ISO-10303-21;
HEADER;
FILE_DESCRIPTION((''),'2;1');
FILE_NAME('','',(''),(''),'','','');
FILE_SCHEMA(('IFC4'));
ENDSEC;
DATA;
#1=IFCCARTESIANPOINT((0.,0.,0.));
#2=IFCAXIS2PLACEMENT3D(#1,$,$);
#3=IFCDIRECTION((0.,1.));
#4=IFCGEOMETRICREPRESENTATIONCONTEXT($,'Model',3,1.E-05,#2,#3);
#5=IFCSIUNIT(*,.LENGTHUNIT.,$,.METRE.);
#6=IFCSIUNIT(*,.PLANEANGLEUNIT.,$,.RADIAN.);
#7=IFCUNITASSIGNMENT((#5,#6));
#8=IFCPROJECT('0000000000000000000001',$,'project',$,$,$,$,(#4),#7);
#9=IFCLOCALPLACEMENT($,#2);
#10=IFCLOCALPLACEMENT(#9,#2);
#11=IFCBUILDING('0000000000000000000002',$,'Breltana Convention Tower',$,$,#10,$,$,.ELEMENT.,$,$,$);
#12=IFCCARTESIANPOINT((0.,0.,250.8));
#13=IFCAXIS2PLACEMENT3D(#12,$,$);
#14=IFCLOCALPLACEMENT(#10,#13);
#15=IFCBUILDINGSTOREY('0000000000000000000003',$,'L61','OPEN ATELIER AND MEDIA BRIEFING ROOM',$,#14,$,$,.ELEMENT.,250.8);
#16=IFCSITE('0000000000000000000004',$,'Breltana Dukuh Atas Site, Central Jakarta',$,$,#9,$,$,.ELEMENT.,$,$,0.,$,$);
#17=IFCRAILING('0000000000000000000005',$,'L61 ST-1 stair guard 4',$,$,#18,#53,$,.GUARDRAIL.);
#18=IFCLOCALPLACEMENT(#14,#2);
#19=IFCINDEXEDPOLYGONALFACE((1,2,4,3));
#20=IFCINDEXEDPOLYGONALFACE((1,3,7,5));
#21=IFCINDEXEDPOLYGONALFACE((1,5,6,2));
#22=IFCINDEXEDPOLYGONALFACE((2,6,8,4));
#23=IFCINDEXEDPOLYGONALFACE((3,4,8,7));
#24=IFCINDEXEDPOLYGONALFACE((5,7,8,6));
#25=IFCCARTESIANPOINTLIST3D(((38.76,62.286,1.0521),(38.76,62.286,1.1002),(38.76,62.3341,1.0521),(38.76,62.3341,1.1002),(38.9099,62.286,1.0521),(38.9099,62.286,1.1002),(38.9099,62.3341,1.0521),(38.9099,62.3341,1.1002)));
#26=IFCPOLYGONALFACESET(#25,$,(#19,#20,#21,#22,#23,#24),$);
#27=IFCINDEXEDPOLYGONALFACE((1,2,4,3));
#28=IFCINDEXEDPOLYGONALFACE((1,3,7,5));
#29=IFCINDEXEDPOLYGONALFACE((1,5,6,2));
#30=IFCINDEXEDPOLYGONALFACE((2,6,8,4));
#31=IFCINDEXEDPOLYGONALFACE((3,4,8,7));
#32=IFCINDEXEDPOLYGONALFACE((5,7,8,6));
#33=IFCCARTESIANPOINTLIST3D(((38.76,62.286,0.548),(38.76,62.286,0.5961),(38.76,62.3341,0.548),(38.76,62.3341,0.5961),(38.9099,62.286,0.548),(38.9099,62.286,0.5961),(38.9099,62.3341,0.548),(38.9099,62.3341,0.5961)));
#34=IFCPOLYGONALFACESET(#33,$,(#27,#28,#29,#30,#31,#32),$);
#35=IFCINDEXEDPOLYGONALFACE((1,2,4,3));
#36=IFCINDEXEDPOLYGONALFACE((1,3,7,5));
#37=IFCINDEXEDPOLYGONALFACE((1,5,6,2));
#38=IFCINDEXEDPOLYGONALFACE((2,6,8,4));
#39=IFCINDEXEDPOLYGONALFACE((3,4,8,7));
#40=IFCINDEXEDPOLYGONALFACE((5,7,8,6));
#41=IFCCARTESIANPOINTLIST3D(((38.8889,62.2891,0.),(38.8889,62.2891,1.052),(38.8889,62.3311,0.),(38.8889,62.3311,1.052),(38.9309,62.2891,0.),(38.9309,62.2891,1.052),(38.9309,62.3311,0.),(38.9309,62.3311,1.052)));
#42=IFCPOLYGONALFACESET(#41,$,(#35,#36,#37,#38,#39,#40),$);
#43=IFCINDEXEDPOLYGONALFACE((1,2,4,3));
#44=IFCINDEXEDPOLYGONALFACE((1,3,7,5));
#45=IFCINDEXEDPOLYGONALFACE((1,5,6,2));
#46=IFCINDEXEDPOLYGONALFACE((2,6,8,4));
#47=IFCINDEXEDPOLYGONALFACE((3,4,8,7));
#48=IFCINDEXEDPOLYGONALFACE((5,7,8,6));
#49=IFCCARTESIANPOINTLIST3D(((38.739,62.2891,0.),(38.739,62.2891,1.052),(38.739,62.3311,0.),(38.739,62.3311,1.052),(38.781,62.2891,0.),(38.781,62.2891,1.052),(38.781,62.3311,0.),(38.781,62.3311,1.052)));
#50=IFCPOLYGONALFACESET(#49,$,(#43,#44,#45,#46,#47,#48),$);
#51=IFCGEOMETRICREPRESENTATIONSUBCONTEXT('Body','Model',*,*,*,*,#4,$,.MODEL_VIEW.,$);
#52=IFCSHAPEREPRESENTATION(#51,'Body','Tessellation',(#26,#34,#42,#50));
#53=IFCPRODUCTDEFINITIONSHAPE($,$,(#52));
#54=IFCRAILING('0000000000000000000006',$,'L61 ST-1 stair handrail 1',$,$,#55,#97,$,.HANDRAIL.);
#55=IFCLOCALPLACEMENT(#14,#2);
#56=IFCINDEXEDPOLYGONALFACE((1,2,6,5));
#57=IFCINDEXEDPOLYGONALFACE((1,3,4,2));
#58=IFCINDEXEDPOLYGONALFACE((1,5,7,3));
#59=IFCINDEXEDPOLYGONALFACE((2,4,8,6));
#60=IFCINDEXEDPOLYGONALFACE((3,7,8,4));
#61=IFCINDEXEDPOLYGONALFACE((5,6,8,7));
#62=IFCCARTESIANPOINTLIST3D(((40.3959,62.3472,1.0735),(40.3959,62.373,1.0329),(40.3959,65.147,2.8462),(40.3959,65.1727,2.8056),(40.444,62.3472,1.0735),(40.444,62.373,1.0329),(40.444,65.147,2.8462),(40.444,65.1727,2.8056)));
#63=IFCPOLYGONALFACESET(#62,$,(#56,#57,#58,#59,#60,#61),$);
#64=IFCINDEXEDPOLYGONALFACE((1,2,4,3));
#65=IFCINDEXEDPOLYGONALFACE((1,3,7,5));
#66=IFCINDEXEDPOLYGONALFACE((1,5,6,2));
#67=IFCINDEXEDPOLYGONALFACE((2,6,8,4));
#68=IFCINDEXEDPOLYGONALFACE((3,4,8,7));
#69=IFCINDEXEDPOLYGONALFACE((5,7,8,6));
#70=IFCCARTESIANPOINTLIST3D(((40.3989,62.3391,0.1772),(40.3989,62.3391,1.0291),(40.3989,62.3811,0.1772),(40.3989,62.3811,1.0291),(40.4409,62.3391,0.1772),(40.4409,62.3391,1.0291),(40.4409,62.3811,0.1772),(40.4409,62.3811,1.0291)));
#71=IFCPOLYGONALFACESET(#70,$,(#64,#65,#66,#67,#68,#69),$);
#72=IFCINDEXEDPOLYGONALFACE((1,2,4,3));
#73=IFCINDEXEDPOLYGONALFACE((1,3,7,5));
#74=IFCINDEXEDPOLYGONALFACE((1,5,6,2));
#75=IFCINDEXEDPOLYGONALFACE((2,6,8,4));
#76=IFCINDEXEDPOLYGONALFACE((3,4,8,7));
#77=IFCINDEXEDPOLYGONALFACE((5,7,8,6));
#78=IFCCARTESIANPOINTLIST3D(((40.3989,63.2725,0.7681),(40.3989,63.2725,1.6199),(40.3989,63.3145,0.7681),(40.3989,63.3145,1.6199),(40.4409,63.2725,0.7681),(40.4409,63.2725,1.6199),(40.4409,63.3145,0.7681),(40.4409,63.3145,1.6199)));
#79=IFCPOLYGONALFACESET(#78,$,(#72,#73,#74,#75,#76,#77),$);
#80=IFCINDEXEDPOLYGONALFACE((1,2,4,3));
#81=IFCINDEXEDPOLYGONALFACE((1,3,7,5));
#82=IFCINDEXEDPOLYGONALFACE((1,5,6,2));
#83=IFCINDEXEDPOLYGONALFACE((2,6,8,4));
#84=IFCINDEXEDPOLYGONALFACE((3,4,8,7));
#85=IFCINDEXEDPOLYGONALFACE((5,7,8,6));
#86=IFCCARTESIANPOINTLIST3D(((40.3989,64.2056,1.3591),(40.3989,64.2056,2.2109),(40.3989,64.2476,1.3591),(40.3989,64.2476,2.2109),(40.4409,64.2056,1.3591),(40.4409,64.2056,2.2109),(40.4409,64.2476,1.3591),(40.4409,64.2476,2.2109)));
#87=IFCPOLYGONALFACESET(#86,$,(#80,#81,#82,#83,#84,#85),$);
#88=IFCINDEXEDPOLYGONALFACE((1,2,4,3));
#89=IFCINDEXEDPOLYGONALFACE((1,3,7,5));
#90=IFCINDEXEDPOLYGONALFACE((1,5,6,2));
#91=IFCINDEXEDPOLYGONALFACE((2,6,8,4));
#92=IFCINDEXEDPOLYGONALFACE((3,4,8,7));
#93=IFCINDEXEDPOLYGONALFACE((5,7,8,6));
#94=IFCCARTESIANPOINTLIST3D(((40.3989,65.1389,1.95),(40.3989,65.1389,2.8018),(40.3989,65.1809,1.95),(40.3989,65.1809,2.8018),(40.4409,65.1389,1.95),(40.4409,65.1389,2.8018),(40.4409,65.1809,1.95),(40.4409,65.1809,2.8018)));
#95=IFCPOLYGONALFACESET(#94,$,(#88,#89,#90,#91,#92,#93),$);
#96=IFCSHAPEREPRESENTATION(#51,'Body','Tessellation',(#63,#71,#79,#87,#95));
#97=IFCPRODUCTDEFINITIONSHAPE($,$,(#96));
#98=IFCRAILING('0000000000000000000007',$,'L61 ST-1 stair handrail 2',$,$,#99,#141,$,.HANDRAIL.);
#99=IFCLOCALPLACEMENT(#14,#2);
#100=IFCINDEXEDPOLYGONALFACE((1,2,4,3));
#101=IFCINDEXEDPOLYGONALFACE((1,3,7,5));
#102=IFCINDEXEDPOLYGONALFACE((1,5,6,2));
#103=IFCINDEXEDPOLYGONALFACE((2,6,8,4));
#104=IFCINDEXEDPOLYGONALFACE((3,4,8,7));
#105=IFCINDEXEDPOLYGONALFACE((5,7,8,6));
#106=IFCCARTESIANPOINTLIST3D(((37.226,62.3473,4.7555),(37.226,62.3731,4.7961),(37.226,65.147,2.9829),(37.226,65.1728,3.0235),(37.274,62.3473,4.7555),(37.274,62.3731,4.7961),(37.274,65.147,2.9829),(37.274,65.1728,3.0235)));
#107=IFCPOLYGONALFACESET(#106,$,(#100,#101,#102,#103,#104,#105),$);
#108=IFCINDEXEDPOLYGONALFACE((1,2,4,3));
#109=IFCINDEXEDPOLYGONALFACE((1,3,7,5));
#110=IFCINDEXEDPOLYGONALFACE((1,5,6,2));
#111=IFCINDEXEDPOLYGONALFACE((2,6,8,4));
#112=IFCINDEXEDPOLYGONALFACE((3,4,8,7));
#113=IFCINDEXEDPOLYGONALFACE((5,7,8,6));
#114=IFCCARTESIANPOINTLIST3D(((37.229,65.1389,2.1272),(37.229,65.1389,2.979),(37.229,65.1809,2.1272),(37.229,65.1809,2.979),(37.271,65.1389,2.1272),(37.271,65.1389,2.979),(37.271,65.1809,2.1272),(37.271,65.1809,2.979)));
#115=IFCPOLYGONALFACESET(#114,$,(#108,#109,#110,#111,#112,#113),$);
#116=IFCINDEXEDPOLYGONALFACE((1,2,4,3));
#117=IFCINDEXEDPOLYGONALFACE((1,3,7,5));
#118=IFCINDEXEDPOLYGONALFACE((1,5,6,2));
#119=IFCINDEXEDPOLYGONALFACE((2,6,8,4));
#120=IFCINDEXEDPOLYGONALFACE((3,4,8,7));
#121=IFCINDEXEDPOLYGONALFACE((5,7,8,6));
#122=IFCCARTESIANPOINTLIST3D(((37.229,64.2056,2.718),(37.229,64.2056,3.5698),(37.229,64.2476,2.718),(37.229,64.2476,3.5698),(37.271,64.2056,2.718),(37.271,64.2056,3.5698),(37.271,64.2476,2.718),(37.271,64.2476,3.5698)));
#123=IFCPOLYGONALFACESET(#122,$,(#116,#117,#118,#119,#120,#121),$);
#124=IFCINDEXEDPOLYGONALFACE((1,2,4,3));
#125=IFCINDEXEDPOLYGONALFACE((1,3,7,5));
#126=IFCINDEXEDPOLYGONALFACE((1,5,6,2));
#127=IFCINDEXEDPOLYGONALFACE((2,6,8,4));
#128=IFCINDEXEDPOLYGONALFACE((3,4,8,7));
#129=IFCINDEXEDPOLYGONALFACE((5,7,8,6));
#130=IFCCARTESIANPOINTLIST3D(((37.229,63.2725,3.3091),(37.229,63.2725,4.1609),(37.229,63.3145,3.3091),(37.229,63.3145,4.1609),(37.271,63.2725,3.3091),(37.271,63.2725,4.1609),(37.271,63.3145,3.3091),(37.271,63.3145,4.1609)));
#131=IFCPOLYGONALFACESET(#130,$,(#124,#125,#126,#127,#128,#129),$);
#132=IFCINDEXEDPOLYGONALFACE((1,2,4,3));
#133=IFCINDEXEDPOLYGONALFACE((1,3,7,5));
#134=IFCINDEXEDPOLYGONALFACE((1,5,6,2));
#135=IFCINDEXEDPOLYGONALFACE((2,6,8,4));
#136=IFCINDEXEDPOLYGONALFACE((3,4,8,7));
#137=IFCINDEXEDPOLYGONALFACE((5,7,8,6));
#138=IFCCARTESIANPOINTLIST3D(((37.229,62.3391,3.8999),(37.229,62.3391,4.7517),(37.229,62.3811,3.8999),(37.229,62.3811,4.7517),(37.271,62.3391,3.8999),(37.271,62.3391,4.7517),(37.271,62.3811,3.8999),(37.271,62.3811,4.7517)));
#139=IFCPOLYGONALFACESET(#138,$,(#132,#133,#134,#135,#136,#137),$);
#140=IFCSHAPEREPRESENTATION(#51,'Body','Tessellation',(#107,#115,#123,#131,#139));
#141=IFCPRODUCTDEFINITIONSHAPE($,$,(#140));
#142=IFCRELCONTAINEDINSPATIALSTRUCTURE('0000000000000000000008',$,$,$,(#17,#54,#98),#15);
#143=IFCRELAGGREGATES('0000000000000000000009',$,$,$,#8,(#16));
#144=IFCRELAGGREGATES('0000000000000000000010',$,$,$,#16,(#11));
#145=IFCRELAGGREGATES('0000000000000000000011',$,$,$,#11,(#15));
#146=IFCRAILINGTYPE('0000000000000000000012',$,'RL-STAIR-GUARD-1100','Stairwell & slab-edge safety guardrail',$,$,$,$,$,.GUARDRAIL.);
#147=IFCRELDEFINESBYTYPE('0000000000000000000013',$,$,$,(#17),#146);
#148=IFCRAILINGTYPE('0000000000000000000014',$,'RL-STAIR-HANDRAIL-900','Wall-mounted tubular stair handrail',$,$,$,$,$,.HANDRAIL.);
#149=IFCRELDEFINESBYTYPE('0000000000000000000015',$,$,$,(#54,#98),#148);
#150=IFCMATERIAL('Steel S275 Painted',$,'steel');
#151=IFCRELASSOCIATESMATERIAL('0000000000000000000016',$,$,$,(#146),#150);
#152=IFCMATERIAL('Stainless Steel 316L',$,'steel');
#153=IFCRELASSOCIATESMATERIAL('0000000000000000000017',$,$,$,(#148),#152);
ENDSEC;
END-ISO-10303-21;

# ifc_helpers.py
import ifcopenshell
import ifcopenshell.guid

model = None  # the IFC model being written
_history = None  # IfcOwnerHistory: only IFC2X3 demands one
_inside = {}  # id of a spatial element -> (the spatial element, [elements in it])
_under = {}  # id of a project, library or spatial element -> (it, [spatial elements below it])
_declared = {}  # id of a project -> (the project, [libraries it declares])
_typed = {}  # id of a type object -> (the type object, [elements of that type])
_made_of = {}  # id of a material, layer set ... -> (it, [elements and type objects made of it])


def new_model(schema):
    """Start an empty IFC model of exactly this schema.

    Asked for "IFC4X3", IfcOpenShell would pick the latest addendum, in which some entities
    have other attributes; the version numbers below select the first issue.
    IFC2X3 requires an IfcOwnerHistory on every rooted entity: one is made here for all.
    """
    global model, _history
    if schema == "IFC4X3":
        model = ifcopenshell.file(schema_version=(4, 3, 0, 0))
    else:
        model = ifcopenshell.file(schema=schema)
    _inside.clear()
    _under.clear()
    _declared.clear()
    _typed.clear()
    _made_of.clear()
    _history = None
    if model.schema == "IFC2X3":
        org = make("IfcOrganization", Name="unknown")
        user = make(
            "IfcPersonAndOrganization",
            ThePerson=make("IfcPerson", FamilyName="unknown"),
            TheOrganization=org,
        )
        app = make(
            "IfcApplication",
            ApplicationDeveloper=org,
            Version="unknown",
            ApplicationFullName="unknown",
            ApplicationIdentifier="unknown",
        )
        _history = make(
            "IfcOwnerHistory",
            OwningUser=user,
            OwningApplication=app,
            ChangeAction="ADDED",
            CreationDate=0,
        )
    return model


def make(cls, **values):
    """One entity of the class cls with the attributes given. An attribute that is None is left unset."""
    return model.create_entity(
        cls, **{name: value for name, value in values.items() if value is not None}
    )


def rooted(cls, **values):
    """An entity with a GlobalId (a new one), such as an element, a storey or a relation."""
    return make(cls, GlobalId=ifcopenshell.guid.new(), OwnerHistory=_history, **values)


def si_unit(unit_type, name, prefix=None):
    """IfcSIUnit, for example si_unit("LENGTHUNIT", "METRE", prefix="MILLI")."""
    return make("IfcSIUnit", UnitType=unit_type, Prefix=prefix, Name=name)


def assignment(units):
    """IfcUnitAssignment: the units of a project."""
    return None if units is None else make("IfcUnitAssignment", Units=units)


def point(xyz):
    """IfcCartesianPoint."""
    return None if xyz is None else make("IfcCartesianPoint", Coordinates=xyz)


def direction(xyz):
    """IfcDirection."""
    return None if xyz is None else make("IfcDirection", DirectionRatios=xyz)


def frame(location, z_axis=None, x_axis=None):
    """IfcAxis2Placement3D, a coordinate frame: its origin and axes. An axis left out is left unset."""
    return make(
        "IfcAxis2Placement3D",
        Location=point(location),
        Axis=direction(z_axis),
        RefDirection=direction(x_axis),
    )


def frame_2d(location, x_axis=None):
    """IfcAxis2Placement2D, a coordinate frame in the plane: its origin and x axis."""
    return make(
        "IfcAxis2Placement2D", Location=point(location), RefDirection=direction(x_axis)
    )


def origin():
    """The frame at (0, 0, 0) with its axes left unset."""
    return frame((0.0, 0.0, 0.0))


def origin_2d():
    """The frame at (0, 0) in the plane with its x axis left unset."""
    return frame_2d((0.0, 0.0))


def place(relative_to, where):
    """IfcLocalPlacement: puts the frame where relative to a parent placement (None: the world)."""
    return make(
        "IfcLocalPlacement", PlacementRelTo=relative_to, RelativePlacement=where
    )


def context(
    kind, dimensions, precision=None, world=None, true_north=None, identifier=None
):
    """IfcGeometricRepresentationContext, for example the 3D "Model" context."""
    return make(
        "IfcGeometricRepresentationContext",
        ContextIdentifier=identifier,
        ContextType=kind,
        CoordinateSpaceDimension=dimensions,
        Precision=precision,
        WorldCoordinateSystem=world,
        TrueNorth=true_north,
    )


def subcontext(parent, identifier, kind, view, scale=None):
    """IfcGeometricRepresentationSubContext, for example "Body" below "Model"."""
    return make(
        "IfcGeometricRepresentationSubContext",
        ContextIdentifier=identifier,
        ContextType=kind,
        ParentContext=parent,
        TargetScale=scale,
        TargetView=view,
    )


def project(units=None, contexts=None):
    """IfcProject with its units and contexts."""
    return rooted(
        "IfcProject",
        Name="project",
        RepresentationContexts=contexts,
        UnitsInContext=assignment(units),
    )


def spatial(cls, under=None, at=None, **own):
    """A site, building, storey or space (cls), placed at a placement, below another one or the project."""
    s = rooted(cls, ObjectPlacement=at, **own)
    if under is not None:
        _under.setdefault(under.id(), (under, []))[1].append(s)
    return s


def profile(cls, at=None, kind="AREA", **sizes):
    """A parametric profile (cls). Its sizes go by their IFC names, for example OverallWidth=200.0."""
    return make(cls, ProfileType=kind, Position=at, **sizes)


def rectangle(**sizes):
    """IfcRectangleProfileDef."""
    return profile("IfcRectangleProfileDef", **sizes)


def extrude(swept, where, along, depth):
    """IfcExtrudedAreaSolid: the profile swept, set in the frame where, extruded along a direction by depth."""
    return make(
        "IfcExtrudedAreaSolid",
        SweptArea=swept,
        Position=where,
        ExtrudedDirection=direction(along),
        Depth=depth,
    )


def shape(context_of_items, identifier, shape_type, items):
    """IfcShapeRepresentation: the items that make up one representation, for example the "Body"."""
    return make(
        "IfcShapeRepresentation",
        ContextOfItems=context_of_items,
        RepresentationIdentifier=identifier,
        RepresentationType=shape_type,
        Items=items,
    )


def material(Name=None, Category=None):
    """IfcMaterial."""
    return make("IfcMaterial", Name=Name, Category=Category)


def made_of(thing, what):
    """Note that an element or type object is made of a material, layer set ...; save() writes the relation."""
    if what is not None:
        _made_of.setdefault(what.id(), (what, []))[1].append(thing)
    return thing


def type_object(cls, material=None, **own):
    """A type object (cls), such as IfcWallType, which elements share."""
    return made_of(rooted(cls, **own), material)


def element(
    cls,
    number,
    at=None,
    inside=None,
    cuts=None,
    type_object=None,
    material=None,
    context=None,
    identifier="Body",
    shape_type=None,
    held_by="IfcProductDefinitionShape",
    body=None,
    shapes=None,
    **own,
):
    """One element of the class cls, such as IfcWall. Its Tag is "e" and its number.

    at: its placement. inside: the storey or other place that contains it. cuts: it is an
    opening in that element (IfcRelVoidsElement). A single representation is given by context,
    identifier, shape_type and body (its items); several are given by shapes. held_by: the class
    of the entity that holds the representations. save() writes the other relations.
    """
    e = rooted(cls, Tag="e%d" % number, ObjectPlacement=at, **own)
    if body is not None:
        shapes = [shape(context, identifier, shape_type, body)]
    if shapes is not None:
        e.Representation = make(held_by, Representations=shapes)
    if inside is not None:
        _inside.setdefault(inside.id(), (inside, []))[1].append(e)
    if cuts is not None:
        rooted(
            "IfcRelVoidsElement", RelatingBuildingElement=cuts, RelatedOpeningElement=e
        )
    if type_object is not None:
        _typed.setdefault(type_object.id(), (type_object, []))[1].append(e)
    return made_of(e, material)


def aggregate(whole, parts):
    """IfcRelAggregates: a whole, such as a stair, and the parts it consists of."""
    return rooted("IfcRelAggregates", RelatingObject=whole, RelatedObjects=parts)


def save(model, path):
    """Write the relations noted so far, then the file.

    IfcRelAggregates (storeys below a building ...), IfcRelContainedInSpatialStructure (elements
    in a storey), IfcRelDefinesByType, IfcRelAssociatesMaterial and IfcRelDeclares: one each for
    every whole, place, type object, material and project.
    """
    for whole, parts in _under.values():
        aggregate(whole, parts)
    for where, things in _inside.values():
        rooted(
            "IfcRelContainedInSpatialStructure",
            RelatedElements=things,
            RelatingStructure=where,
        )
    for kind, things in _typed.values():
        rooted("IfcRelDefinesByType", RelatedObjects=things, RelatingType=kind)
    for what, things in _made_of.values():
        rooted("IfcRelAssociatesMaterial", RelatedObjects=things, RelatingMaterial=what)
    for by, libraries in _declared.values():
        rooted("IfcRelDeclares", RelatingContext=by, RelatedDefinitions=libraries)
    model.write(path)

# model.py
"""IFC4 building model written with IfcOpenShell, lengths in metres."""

from ifc_helpers import new_model, si_unit, direction, frame, origin, origin_2d, place, context, subcontext, project, spatial, rectangle, extrude, material, type_object, element, save


model = new_model("IFC4")

# Units and contexts
model_context = context("Model", 3, precision=1e-05, world=origin(), true_north=direction((0.0, 1.0)))
body_context = subcontext(model_context, "Body", "Model", "MODEL_VIEW")
ifc_project = project(units=[si_unit("LENGTHUNIT", "METRE"), si_unit("PLANEANGLEUNIT", "RADIAN")], contexts=[model_context])

# Site, building, storey
site_placement = place(None, origin())
site = spatial("IfcSite", under=ifc_project, at=site_placement, Name="Breltana Dukuh Atas Site, Central Jakarta", CompositionType="ELEMENT", RefElevation=0.0)
building_placement = place(site_placement, origin())
building = spatial("IfcBuilding", under=site, at=building_placement, Name="Breltana Convention Tower", CompositionType="ELEMENT")
storey_placement = place(building_placement, frame((0.0, 0.0, 250.8)))
storey = spatial("IfcBuildingStorey", under=building, at=storey_placement, Name="L61", Description="OPEN ATELIER AND MEDIA BRIEFING ROOM", CompositionType="ELEMENT", Elevation=250.8)

# Railings
ifc_material_1 = material(Name="Steel S275 Painted", Category="steel")
railing_type_1 = type_object("IfcRailingType", Name="RL-STAIR-GUARD-1100", Description="Stairwell & slab-edge safety guardrail", PredefinedType="GUARDRAIL", material=ifc_material_1)
railing_1_placement = place(storey_placement, frame((38.9099, 62.3101, 0.0)))
element("IfcRailing", 1, at=railing_1_placement, inside=storey, type_object=railing_type_1, Name="L61 ST-1 stair guard 4", PredefinedType="GUARDRAIL", context=body_context, shape_type="SweptSolid", body=[
    extrude(rectangle(XDim=0.0481, YDim=0.0481, at=origin_2d()), frame((0.0, 0.0, 1.0762), z_axis=(-1.0, 0.0, 0.0), x_axis=(0.0, -1.0, 0.0)), (0.0, 0.0, 1.0), 0.1499),
    extrude(rectangle(XDim=0.0481, YDim=0.0481, at=origin_2d()), frame((0.0, 0.0, 0.572), z_axis=(-1.0, 0.0, 0.0), x_axis=(0.0, -1.0, 0.0)), (0.0, 0.0, 1.0), 0.1499),
    extrude(rectangle(XDim=0.042, YDim=0.042, at=origin_2d()), origin(), (0.0, 0.0, 1.0), 1.052),
    extrude(rectangle(XDim=0.042, YDim=0.042, at=origin_2d()), frame((-0.1499, 0.0, 0.0)), (0.0, 0.0, 1.0), 1.052),
])
ifc_material_2 = material(Name="Stainless Steel 316L", Category="steel")
railing_type_2 = type_object("IfcRailingType", Name="RL-STAIR-HANDRAIL-900", Description="Wall-mounted tubular stair handrail", PredefinedType="HANDRAIL", material=ifc_material_2)
railing_2_placement = place(storey_placement, frame((40.4199, 62.3601, 0.1772)))
element("IfcRailing", 2, at=railing_2_placement, inside=storey, type_object=railing_type_2, Name="L61 ST-1 stair handrail 1", PredefinedType="HANDRAIL", context=body_context, shape_type="SweptSolid", body=[
    extrude(rectangle(XDim=0.0481, YDim=0.0481, at=origin_2d()), frame((0.0, 0.0, 0.876), z_axis=(0.0, 0.844888, 0.534943), x_axis=(-1.0, 0.0, 0.0)), (0.0, 0.0, 1.0), 3.3137),
    extrude(rectangle(XDim=0.042, YDim=0.042, at=origin_2d()), origin(), (0.0, 0.0, 1.0), 0.8518),
    extrude(rectangle(XDim=0.042, YDim=0.042, at=origin_2d()), frame((0.0, 0.9333, 0.5908)), (0.0, 0.0, 1.0), 0.8518),
    extrude(rectangle(XDim=0.042, YDim=0.042, at=origin_2d()), frame((0.0, 1.8665, 1.1819)), (0.0, 0.0, 1.0), 0.8518),
    extrude(rectangle(XDim=0.042, YDim=0.042, at=origin_2d()), frame((0.0, 2.7998, 1.7727)), (0.0, 0.0, 1.0), 0.8518),
])
railing_3_placement = place(storey_placement, frame((37.25, 65.1599, 2.1272)))
element("IfcRailing", 3, at=railing_3_placement, inside=storey, type_object=railing_type_2, Name="L61 ST-1 stair handrail 2", PredefinedType="HANDRAIL", context=body_context, shape_type="SweptSolid", body=[
    extrude(rectangle(XDim=0.0481, YDim=0.0481, at=origin_2d()), frame((0.0, 0.0, 0.876), z_axis=(0.0, -0.844888, 0.534943), x_axis=(1.0, 0.0, 0.0)), (0.0, 0.0, 1.0), 3.3137),
    extrude(rectangle(XDim=0.042, YDim=0.042, at=origin_2d()), origin(), (0.0, 0.0, 1.0), 0.8518),
    extrude(rectangle(XDim=0.042, YDim=0.042, at=origin_2d()), frame((0.0, -0.9333, 0.5908)), (0.0, 0.0, 1.0), 0.8518),
    extrude(rectangle(XDim=0.042, YDim=0.042, at=origin_2d()), frame((0.0, -1.8665, 1.1819)), (0.0, 0.0, 1.0), 0.8518),
    extrude(rectangle(XDim=0.042, YDim=0.042, at=origin_2d()), frame((0.0, -2.7998, 1.7727)), (0.0, 0.0, 1.0), 0.8518),
])

save(model, "model.ifc")
